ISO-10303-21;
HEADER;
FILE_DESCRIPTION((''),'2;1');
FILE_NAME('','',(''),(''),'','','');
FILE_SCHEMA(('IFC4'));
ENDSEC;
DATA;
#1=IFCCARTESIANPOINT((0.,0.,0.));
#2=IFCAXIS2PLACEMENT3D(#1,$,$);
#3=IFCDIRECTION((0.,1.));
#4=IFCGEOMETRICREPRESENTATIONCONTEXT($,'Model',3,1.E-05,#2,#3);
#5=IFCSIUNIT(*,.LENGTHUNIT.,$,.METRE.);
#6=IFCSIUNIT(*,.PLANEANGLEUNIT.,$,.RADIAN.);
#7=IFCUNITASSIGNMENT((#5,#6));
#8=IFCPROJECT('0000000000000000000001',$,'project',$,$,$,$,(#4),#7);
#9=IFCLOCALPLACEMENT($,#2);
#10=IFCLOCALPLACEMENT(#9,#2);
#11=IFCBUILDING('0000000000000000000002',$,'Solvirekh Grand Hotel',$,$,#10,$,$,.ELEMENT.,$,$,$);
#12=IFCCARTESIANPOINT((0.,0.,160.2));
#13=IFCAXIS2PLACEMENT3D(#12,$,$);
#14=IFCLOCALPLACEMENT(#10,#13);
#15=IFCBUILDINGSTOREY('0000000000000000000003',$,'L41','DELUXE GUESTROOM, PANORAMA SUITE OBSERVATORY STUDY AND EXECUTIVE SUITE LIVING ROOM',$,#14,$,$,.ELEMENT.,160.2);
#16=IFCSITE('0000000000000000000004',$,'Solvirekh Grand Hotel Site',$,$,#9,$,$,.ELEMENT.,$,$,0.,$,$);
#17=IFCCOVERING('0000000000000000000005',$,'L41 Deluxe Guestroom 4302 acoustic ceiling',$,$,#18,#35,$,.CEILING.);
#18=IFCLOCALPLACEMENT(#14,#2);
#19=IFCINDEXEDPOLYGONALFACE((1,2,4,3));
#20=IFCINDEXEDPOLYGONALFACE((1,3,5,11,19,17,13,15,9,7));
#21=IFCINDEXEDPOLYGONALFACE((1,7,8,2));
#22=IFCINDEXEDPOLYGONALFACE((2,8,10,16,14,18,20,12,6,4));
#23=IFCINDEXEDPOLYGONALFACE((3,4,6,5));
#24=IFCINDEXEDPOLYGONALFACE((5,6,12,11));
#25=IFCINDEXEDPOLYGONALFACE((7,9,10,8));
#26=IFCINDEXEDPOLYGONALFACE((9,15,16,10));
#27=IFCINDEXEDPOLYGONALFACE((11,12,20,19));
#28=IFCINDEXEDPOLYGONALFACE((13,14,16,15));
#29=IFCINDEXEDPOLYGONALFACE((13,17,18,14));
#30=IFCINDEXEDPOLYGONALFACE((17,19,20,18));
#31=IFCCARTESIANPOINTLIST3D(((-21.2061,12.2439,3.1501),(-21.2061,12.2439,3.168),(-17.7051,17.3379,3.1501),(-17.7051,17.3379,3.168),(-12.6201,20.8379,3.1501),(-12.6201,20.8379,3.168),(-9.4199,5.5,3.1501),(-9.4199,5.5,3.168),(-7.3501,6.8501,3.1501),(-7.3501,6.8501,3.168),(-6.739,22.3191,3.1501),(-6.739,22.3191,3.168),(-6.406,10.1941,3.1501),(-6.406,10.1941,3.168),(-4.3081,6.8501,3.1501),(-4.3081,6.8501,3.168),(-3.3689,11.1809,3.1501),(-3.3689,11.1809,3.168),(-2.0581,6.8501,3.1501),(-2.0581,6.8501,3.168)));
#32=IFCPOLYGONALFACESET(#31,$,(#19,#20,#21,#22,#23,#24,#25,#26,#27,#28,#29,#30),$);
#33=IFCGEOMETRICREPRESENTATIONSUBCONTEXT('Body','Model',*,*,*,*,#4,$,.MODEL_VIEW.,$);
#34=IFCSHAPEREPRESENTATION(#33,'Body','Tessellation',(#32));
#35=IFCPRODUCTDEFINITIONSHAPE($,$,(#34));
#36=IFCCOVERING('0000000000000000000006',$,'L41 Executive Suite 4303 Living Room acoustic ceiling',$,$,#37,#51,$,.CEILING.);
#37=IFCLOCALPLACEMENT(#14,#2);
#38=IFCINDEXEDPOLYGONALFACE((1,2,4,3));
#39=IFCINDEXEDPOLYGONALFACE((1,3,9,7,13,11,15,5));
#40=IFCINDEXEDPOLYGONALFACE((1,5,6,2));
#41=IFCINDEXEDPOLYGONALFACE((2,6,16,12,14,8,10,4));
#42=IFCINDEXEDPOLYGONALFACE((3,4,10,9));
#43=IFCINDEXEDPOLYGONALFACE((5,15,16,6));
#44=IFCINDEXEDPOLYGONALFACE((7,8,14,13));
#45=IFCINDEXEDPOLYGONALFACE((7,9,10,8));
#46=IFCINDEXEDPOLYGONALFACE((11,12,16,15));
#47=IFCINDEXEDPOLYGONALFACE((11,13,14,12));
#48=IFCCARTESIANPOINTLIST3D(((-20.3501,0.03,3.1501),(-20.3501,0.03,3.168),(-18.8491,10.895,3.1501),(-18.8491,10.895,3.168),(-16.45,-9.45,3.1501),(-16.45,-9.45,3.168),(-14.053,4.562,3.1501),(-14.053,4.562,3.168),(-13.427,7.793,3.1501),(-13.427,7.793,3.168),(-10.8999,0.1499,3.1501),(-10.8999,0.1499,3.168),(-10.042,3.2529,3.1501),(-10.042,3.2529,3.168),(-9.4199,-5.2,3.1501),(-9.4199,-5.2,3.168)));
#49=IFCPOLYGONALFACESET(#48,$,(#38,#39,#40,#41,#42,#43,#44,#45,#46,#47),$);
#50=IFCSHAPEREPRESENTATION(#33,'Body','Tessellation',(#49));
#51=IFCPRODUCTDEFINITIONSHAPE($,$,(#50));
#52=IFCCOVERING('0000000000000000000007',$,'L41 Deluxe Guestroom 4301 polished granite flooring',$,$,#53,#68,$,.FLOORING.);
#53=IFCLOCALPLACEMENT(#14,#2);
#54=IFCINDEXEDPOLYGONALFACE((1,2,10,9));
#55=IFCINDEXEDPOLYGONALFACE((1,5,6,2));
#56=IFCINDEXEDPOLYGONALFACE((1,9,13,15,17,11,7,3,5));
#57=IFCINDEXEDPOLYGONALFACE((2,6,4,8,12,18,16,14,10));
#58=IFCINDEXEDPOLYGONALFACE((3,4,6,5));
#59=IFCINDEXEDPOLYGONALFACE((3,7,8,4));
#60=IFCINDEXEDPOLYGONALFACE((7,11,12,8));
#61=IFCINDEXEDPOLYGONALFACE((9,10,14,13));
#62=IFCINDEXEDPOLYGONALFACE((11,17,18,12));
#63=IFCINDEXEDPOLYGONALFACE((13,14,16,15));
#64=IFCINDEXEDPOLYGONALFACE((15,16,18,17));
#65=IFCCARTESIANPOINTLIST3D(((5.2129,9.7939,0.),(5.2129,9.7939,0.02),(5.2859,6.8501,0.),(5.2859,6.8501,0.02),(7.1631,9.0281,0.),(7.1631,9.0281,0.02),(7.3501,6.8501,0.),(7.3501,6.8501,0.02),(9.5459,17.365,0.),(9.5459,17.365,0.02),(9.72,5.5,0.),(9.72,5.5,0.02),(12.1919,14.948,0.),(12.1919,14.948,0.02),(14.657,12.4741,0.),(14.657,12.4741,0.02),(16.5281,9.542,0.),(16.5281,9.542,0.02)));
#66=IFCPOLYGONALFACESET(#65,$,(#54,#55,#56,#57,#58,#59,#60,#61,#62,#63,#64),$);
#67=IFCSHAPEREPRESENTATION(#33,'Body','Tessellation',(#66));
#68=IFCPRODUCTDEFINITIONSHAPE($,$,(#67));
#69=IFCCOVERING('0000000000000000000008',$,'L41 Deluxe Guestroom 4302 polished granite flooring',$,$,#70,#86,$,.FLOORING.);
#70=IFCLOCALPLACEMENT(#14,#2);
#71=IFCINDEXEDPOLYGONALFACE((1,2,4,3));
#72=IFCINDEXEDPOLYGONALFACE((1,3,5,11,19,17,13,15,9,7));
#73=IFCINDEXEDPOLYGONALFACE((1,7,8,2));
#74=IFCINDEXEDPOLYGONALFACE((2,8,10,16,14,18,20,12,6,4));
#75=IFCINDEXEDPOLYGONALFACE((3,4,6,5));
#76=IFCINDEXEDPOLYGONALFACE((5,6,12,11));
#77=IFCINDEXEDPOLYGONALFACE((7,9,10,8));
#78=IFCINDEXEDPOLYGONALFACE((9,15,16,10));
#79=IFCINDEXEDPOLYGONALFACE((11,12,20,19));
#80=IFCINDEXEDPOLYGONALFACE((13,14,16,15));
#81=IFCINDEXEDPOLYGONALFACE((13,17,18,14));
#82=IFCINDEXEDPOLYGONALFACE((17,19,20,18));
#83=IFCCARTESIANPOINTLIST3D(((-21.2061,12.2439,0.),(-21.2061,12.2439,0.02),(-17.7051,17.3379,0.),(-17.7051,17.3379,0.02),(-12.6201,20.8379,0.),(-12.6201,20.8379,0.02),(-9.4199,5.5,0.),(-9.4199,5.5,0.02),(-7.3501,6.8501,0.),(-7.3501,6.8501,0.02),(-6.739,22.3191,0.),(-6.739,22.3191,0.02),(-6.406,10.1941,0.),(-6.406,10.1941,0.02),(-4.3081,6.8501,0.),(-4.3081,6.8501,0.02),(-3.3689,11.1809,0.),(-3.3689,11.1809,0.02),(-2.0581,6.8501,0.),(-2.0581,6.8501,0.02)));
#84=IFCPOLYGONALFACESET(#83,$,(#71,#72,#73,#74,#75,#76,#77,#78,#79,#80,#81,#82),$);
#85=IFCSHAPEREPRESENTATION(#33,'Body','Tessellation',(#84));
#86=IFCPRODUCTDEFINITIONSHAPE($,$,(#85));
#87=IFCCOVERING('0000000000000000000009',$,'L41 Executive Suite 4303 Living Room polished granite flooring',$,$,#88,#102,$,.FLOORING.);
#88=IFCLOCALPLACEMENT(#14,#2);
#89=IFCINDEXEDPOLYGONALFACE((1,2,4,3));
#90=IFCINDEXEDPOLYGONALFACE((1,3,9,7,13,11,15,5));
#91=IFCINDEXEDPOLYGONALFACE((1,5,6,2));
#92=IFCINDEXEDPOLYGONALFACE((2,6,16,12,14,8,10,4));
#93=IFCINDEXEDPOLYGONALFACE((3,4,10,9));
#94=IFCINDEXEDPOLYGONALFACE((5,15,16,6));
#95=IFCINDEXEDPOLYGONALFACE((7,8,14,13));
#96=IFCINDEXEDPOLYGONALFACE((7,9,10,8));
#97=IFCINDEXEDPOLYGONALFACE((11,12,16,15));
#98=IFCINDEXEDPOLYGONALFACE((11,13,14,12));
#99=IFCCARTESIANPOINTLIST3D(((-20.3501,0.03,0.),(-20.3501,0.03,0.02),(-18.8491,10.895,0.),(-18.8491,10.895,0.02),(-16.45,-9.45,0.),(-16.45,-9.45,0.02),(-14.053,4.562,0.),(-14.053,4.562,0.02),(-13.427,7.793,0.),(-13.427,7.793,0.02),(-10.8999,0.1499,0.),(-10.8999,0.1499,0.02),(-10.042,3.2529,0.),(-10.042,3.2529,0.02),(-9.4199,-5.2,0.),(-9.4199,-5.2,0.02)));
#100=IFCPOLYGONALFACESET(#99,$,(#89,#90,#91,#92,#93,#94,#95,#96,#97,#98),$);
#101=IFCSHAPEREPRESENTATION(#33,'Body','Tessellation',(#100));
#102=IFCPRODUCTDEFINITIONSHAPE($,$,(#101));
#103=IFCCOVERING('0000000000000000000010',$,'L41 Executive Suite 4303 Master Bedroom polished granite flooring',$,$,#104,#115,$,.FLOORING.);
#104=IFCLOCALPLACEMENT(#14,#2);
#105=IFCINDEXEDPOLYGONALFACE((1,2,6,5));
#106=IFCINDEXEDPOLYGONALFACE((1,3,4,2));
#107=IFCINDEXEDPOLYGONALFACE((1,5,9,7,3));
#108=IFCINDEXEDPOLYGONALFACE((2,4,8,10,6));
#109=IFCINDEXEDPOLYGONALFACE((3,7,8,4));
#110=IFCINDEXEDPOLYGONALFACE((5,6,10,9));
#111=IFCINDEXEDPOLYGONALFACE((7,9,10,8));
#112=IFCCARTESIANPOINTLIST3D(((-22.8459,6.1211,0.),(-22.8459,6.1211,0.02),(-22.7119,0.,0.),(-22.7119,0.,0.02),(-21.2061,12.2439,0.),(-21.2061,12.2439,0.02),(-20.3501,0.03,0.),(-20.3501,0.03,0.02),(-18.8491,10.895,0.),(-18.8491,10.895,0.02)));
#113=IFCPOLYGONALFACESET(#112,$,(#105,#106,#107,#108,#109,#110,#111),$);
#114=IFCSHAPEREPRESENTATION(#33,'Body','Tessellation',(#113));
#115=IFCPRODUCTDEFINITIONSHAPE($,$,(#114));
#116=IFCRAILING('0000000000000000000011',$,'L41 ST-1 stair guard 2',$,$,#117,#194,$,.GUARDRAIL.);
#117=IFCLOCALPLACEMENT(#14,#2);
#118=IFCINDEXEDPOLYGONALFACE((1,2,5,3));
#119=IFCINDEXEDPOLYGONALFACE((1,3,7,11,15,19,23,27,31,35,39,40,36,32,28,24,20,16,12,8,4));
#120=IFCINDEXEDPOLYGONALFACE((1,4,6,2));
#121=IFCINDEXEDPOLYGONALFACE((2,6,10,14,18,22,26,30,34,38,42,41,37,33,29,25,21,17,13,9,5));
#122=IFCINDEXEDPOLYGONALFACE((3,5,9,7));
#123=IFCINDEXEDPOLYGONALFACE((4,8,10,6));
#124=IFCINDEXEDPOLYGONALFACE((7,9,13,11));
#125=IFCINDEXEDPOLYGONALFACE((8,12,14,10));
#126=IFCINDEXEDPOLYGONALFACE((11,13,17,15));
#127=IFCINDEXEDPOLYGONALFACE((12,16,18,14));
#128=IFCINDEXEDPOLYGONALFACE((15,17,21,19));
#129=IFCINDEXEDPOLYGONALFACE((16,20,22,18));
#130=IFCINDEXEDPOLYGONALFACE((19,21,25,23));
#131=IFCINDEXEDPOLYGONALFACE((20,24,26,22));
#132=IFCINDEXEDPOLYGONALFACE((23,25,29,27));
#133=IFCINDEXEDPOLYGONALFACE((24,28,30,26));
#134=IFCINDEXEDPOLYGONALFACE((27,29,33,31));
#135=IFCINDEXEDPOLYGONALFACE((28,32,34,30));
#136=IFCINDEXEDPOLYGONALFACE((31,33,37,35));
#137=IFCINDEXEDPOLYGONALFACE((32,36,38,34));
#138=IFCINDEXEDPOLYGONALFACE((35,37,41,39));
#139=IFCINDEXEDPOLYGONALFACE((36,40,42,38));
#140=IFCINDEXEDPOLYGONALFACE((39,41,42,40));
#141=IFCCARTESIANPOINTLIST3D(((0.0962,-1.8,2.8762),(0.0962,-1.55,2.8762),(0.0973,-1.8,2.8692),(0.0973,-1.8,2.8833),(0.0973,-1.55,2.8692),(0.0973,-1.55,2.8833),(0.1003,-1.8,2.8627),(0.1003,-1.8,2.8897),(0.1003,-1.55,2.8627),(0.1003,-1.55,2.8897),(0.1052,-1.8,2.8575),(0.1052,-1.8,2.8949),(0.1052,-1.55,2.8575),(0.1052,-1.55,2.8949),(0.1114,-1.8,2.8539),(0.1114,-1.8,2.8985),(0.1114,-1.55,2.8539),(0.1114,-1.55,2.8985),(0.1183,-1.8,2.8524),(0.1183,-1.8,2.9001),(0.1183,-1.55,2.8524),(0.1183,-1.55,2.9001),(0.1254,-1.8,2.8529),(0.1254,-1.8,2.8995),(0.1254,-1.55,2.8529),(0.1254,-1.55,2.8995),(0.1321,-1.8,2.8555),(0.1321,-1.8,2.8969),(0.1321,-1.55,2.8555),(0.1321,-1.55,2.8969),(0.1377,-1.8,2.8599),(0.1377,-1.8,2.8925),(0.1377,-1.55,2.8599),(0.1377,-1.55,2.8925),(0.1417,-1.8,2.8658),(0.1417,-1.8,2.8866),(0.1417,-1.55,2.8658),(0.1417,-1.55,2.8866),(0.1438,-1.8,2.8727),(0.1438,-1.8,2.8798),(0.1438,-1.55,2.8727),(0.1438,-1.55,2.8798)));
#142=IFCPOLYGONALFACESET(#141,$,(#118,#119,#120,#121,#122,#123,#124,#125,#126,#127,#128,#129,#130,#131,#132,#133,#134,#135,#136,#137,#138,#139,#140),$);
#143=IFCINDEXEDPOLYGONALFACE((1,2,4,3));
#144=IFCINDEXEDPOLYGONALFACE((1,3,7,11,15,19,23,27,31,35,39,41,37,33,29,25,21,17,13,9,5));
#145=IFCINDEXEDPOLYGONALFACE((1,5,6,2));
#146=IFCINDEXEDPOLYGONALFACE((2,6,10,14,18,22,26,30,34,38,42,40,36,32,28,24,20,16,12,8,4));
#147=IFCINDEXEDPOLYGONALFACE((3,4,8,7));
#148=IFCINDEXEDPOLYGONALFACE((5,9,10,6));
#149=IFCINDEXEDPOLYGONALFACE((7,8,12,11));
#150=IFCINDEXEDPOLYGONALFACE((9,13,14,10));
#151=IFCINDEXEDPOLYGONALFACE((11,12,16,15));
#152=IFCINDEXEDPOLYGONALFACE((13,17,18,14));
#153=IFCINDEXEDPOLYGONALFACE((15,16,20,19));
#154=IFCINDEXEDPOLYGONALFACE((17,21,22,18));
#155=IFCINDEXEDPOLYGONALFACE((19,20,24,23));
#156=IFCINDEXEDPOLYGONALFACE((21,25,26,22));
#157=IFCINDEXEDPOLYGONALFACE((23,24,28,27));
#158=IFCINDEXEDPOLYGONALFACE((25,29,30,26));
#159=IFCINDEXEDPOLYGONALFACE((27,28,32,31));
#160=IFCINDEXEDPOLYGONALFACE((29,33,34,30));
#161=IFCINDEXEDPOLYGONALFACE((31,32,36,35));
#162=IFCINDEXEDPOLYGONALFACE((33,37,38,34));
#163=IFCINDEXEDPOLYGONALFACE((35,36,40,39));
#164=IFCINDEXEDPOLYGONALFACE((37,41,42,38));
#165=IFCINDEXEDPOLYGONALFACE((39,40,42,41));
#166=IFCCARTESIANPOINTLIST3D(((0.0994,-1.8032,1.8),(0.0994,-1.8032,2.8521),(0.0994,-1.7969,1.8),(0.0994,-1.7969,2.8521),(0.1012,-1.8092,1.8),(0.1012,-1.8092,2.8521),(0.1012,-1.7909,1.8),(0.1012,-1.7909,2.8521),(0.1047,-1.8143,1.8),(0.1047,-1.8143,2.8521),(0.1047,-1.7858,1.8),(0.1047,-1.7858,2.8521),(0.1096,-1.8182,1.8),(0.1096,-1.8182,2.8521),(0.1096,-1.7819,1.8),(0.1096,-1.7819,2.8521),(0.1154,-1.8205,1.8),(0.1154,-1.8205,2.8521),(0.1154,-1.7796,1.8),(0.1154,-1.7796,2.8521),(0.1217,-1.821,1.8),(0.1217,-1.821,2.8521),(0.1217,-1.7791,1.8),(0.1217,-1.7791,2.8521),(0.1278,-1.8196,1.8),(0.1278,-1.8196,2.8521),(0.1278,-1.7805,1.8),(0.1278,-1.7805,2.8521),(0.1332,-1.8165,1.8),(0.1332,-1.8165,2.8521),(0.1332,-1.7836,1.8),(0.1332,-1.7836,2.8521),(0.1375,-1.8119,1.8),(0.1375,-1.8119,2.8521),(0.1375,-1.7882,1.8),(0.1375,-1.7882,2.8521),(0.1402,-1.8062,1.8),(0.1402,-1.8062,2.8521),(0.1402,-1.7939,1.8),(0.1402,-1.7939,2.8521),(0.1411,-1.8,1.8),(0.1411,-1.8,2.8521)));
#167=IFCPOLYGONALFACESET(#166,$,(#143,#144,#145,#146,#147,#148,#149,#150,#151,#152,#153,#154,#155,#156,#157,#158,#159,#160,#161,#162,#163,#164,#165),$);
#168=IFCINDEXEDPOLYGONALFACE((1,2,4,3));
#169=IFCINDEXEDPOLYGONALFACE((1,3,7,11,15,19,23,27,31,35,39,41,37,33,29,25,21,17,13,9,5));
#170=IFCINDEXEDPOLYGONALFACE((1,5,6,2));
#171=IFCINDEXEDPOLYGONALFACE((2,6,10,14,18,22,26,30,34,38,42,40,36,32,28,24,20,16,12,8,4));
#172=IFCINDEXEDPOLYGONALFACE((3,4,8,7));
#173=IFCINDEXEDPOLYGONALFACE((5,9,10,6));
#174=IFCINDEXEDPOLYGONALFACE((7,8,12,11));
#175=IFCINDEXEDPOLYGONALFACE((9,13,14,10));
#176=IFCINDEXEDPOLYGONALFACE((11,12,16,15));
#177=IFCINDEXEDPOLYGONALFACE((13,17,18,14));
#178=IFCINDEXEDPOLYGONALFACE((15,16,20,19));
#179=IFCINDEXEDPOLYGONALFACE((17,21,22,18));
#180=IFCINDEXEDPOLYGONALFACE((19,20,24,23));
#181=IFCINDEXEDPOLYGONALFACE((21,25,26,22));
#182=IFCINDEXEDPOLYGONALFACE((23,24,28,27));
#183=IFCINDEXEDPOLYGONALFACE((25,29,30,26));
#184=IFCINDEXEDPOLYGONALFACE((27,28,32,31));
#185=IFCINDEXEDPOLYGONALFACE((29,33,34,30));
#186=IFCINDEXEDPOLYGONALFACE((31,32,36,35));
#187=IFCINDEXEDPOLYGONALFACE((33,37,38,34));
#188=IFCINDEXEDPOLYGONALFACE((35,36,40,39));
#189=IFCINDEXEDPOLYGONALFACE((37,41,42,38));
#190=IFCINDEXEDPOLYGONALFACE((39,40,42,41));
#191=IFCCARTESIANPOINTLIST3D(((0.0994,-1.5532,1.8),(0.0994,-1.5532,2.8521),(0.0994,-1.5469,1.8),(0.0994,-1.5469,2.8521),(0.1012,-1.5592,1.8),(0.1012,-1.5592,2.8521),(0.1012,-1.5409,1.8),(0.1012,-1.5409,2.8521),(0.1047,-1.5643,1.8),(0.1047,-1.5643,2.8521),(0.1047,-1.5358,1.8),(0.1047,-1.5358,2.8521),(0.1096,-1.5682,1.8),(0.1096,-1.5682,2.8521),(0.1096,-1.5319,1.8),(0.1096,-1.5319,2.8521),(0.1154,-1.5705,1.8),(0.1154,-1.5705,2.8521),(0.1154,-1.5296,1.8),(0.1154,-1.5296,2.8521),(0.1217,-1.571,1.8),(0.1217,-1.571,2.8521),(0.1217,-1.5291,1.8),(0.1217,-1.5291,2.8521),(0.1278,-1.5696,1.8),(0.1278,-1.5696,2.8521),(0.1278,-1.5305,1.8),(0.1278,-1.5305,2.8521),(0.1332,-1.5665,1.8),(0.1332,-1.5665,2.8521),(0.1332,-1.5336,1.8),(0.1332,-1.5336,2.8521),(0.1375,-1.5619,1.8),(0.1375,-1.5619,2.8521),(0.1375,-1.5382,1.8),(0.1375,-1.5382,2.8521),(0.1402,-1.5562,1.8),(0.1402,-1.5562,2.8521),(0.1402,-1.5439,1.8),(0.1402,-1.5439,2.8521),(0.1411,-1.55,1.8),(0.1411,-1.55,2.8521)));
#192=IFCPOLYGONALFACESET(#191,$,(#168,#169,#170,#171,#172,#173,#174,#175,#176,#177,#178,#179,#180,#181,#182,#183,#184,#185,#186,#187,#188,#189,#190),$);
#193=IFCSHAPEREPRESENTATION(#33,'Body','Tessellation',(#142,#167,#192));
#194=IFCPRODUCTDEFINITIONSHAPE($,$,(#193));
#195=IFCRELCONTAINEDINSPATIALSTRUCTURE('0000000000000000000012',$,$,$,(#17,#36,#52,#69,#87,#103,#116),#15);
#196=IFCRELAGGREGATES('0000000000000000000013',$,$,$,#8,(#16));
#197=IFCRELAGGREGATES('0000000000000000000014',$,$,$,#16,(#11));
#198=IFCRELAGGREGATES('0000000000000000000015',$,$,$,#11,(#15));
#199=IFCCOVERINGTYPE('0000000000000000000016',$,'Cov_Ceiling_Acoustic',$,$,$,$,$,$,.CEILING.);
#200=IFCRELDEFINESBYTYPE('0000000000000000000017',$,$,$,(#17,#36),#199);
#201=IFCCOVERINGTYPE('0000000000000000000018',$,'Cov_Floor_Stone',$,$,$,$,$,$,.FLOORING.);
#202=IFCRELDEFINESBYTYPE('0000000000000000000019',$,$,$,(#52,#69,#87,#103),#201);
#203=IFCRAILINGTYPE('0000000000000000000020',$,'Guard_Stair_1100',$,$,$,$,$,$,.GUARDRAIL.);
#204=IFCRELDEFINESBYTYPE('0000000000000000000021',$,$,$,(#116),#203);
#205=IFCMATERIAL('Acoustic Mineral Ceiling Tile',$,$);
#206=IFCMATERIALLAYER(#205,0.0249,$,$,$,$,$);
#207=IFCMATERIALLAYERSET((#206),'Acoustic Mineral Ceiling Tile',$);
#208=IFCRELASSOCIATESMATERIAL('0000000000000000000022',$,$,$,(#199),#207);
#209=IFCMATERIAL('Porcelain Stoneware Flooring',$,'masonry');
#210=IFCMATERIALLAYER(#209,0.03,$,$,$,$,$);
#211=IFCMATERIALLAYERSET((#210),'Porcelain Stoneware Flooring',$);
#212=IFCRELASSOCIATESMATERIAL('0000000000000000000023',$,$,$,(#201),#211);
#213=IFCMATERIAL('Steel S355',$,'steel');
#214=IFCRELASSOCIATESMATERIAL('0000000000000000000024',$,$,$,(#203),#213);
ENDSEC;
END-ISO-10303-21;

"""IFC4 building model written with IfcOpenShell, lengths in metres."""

from ifc_helpers import new_model, si_unit, direction, frame, origin, origin_2d, place, context, subcontext, project, spatial, polyline, circle, outline, extrude, material, layer, layer_set, type_object, element, save


model = new_model("IFC4")

# Units and contexts
model_context = context("Model", 3, precision=1e-05, world=origin(), true_north=direction((0.0, 1.0)))
body_context = subcontext(model_context, "Body", "Model", "MODEL_VIEW")
ifc_project = project(units=[si_unit("LENGTHUNIT", "METRE"), si_unit("PLANEANGLEUNIT", "RADIAN")], contexts=[model_context])

# Site, building, storey
site_placement = place(None, origin())
site = spatial("IfcSite", under=ifc_project, at=site_placement, Name="Solvirekh Grand Hotel Site", CompositionType="ELEMENT", RefElevation=0.0)
building_placement = place(site_placement, origin())
building = spatial("IfcBuilding", under=site, at=building_placement, Name="Solvirekh Grand Hotel", CompositionType="ELEMENT")
storey_placement = place(building_placement, frame((0.0, 0.0, 160.2)))
storey = spatial("IfcBuildingStorey", under=building, at=storey_placement, Name="L41", Description="DELUXE GUESTROOM, PANORAMA SUITE OBSERVATORY STUDY AND EXECUTIVE SUITE LIVING ROOM", CompositionType="ELEMENT", Elevation=160.2)

# Coverings
ifc_material_1 = material(Name="Acoustic Mineral Ceiling Tile")
ifc_layer_1 = layer(ifc_material_1, 0.0249)
ifc_layer_set_1 = layer_set([ifc_layer_1], Name="Acoustic Mineral Ceiling Tile")
covering_type_1 = type_object("IfcCoveringType", Name="Cov_Ceiling_Acoustic", PredefinedType="CEILING", material=ifc_layer_set_1)
covering_1_placement = place(storey_placement, frame((0.0, 0.0, 3.1501)))
element("IfcCovering", 1, at=covering_1_placement, inside=storey, type_object=covering_type_1, Name="L41 Deluxe Guestroom 4302 acoustic ceiling", PredefinedType="CEILING", context=body_context, shape_type="SweptSolid", body=[
    extrude(outline(polyline([(-4.3081, 6.8501), (-6.406, 10.1941), (-3.3689, 11.1809), (-2.0581, 6.8501), (-6.739, 22.3191), (-12.6201, 20.8379), (-17.7051, 17.3379), (-21.2061, 12.2439), (-9.4199, 5.5), (-7.3501, 6.8501), (-4.3081, 6.8501)])), origin(), (0.0, 0.0, 1.0), 0.0178),
])
covering_2_placement = place(storey_placement, frame((0.0, 0.0, 3.1501)))
element("IfcCovering", 2, at=covering_2_placement, inside=storey, type_object=covering_type_1, Name="L41 Executive Suite 4303 Living Room acoustic ceiling", PredefinedType="CEILING", context=body_context, shape_type="SweptSolid", body=[
    extrude(outline(polyline([(-14.053, 4.562), (-13.427, 7.793), (-18.8491, 10.895), (-20.3501, 0.03), (-16.45, -9.45), (-9.4199, -5.2), (-10.8999, 0.1499), (-10.042, 3.2529), (-14.053, 4.562)])), origin(), (0.0, 0.0, 1.0), 0.0178),
])
ifc_material_2 = material(Name="Porcelain Stoneware Flooring", Category="masonry")
ifc_layer_2 = layer(ifc_material_2, 0.03)
ifc_layer_set_2 = layer_set([ifc_layer_2], Name="Porcelain Stoneware Flooring")
covering_type_2 = type_object("IfcCoveringType", Name="Cov_Floor_Stone", PredefinedType="FLOORING", material=ifc_layer_set_2)
covering_3_placement = place(storey_placement, origin())
element("IfcCovering", 3, at=covering_3_placement, inside=storey, type_object=covering_type_2, Name="L41 Deluxe Guestroom 4301 polished granite flooring", PredefinedType="FLOORING", context=body_context, shape_type="SweptSolid", body=[
    extrude(outline(polyline([(3.5281, 6.8501), (5.2129, 9.7939), (7.1631, 9.0281), (5.2859, 6.8501), (7.3501, 6.8501), (9.72, 5.5), (16.5281, 9.542), (14.657, 12.4741), (12.1919, 14.948), (9.5459, 17.365), (3.5281, 6.8501)])), origin(), (0.0, 0.0, 1.0), 0.02),
])
covering_4_placement = place(storey_placement, origin())
element("IfcCovering", 4, at=covering_4_placement, inside=storey, type_object=covering_type_2, Name="L41 Deluxe Guestroom 4302 polished granite flooring", PredefinedType="FLOORING", context=body_context, shape_type="SweptSolid", body=[
    extrude(outline(polyline([(-4.3081, 6.8501), (-6.406, 10.1941), (-3.3689, 11.1809), (-2.0581, 6.8501), (-6.739, 22.3191), (-12.6201, 20.8379), (-17.7051, 17.3379), (-21.2061, 12.2439), (-9.4199, 5.5), (-7.3501, 6.8501), (-4.3081, 6.8501)])), origin(), (0.0, 0.0, 1.0), 0.02),
])
covering_5_placement = place(storey_placement, origin())
element("IfcCovering", 5, at=covering_5_placement, inside=storey, type_object=covering_type_2, Name="L41 Executive Suite 4303 Living Room polished granite flooring", PredefinedType="FLOORING", context=body_context, shape_type="SweptSolid", body=[
    extrude(outline(polyline([(-14.053, 4.562), (-13.427, 7.793), (-18.8491, 10.895), (-20.3501, 0.03), (-16.45, -9.45), (-9.4199, -5.2), (-10.8999, 0.1499), (-10.042, 3.2529), (-14.053, 4.562)])), origin(), (0.0, 0.0, 1.0), 0.02),
])
covering_6_placement = place(storey_placement, origin())
element("IfcCovering", 6, at=covering_6_placement, inside=storey, type_object=covering_type_2, Name="L41 Executive Suite 4303 Master Bedroom polished granite flooring", PredefinedType="FLOORING", context=body_context, shape_type="SweptSolid", body=[
    extrude(outline(polyline([(-21.2061, 12.2439), (-22.8459, 6.1211), (-22.7119, 0.0), (-20.3501, 0.03), (-18.8491, 10.895), (-21.2061, 12.2439)])), origin(), (0.0, 0.0, 1.0), 0.02),
])

# Railing
ifc_material_3 = material(Name="Steel S355", Category="steel")
railing_type_1 = type_object("IfcRailingType", Name="Guard_Stair_1100", PredefinedType="GUARDRAIL", material=ifc_material_3)
railing_1_placement = place(storey_placement, frame((0.1201, -1.8, 1.8)))
element("IfcRailing", 7, at=railing_1_placement, inside=storey, type_object=railing_type_1, Name="L41 ST-1 stair guard 2", PredefinedType="GUARDRAIL", context=body_context, shape_type="SweptSolid", body=[
    extrude(circle(Radius=0.0239, at=origin_2d()), frame((0.0, 0.0, 1.0762), z_axis=(0.0, 1.0, 0.0), x_axis=(-1.0, 0.0, 0.0)), (0.0, 0.0, 1.0), 0.25),
    extrude(circle(Radius=0.021, at=origin_2d()), origin(), (0.0, 0.0, 1.0), 1.052),
    extrude(circle(Radius=0.021, at=origin_2d()), frame((0.0, 0.25, 0.0)), (0.0, 0.0, 1.0), 1.052),
])

save(model, "model.ifc")
